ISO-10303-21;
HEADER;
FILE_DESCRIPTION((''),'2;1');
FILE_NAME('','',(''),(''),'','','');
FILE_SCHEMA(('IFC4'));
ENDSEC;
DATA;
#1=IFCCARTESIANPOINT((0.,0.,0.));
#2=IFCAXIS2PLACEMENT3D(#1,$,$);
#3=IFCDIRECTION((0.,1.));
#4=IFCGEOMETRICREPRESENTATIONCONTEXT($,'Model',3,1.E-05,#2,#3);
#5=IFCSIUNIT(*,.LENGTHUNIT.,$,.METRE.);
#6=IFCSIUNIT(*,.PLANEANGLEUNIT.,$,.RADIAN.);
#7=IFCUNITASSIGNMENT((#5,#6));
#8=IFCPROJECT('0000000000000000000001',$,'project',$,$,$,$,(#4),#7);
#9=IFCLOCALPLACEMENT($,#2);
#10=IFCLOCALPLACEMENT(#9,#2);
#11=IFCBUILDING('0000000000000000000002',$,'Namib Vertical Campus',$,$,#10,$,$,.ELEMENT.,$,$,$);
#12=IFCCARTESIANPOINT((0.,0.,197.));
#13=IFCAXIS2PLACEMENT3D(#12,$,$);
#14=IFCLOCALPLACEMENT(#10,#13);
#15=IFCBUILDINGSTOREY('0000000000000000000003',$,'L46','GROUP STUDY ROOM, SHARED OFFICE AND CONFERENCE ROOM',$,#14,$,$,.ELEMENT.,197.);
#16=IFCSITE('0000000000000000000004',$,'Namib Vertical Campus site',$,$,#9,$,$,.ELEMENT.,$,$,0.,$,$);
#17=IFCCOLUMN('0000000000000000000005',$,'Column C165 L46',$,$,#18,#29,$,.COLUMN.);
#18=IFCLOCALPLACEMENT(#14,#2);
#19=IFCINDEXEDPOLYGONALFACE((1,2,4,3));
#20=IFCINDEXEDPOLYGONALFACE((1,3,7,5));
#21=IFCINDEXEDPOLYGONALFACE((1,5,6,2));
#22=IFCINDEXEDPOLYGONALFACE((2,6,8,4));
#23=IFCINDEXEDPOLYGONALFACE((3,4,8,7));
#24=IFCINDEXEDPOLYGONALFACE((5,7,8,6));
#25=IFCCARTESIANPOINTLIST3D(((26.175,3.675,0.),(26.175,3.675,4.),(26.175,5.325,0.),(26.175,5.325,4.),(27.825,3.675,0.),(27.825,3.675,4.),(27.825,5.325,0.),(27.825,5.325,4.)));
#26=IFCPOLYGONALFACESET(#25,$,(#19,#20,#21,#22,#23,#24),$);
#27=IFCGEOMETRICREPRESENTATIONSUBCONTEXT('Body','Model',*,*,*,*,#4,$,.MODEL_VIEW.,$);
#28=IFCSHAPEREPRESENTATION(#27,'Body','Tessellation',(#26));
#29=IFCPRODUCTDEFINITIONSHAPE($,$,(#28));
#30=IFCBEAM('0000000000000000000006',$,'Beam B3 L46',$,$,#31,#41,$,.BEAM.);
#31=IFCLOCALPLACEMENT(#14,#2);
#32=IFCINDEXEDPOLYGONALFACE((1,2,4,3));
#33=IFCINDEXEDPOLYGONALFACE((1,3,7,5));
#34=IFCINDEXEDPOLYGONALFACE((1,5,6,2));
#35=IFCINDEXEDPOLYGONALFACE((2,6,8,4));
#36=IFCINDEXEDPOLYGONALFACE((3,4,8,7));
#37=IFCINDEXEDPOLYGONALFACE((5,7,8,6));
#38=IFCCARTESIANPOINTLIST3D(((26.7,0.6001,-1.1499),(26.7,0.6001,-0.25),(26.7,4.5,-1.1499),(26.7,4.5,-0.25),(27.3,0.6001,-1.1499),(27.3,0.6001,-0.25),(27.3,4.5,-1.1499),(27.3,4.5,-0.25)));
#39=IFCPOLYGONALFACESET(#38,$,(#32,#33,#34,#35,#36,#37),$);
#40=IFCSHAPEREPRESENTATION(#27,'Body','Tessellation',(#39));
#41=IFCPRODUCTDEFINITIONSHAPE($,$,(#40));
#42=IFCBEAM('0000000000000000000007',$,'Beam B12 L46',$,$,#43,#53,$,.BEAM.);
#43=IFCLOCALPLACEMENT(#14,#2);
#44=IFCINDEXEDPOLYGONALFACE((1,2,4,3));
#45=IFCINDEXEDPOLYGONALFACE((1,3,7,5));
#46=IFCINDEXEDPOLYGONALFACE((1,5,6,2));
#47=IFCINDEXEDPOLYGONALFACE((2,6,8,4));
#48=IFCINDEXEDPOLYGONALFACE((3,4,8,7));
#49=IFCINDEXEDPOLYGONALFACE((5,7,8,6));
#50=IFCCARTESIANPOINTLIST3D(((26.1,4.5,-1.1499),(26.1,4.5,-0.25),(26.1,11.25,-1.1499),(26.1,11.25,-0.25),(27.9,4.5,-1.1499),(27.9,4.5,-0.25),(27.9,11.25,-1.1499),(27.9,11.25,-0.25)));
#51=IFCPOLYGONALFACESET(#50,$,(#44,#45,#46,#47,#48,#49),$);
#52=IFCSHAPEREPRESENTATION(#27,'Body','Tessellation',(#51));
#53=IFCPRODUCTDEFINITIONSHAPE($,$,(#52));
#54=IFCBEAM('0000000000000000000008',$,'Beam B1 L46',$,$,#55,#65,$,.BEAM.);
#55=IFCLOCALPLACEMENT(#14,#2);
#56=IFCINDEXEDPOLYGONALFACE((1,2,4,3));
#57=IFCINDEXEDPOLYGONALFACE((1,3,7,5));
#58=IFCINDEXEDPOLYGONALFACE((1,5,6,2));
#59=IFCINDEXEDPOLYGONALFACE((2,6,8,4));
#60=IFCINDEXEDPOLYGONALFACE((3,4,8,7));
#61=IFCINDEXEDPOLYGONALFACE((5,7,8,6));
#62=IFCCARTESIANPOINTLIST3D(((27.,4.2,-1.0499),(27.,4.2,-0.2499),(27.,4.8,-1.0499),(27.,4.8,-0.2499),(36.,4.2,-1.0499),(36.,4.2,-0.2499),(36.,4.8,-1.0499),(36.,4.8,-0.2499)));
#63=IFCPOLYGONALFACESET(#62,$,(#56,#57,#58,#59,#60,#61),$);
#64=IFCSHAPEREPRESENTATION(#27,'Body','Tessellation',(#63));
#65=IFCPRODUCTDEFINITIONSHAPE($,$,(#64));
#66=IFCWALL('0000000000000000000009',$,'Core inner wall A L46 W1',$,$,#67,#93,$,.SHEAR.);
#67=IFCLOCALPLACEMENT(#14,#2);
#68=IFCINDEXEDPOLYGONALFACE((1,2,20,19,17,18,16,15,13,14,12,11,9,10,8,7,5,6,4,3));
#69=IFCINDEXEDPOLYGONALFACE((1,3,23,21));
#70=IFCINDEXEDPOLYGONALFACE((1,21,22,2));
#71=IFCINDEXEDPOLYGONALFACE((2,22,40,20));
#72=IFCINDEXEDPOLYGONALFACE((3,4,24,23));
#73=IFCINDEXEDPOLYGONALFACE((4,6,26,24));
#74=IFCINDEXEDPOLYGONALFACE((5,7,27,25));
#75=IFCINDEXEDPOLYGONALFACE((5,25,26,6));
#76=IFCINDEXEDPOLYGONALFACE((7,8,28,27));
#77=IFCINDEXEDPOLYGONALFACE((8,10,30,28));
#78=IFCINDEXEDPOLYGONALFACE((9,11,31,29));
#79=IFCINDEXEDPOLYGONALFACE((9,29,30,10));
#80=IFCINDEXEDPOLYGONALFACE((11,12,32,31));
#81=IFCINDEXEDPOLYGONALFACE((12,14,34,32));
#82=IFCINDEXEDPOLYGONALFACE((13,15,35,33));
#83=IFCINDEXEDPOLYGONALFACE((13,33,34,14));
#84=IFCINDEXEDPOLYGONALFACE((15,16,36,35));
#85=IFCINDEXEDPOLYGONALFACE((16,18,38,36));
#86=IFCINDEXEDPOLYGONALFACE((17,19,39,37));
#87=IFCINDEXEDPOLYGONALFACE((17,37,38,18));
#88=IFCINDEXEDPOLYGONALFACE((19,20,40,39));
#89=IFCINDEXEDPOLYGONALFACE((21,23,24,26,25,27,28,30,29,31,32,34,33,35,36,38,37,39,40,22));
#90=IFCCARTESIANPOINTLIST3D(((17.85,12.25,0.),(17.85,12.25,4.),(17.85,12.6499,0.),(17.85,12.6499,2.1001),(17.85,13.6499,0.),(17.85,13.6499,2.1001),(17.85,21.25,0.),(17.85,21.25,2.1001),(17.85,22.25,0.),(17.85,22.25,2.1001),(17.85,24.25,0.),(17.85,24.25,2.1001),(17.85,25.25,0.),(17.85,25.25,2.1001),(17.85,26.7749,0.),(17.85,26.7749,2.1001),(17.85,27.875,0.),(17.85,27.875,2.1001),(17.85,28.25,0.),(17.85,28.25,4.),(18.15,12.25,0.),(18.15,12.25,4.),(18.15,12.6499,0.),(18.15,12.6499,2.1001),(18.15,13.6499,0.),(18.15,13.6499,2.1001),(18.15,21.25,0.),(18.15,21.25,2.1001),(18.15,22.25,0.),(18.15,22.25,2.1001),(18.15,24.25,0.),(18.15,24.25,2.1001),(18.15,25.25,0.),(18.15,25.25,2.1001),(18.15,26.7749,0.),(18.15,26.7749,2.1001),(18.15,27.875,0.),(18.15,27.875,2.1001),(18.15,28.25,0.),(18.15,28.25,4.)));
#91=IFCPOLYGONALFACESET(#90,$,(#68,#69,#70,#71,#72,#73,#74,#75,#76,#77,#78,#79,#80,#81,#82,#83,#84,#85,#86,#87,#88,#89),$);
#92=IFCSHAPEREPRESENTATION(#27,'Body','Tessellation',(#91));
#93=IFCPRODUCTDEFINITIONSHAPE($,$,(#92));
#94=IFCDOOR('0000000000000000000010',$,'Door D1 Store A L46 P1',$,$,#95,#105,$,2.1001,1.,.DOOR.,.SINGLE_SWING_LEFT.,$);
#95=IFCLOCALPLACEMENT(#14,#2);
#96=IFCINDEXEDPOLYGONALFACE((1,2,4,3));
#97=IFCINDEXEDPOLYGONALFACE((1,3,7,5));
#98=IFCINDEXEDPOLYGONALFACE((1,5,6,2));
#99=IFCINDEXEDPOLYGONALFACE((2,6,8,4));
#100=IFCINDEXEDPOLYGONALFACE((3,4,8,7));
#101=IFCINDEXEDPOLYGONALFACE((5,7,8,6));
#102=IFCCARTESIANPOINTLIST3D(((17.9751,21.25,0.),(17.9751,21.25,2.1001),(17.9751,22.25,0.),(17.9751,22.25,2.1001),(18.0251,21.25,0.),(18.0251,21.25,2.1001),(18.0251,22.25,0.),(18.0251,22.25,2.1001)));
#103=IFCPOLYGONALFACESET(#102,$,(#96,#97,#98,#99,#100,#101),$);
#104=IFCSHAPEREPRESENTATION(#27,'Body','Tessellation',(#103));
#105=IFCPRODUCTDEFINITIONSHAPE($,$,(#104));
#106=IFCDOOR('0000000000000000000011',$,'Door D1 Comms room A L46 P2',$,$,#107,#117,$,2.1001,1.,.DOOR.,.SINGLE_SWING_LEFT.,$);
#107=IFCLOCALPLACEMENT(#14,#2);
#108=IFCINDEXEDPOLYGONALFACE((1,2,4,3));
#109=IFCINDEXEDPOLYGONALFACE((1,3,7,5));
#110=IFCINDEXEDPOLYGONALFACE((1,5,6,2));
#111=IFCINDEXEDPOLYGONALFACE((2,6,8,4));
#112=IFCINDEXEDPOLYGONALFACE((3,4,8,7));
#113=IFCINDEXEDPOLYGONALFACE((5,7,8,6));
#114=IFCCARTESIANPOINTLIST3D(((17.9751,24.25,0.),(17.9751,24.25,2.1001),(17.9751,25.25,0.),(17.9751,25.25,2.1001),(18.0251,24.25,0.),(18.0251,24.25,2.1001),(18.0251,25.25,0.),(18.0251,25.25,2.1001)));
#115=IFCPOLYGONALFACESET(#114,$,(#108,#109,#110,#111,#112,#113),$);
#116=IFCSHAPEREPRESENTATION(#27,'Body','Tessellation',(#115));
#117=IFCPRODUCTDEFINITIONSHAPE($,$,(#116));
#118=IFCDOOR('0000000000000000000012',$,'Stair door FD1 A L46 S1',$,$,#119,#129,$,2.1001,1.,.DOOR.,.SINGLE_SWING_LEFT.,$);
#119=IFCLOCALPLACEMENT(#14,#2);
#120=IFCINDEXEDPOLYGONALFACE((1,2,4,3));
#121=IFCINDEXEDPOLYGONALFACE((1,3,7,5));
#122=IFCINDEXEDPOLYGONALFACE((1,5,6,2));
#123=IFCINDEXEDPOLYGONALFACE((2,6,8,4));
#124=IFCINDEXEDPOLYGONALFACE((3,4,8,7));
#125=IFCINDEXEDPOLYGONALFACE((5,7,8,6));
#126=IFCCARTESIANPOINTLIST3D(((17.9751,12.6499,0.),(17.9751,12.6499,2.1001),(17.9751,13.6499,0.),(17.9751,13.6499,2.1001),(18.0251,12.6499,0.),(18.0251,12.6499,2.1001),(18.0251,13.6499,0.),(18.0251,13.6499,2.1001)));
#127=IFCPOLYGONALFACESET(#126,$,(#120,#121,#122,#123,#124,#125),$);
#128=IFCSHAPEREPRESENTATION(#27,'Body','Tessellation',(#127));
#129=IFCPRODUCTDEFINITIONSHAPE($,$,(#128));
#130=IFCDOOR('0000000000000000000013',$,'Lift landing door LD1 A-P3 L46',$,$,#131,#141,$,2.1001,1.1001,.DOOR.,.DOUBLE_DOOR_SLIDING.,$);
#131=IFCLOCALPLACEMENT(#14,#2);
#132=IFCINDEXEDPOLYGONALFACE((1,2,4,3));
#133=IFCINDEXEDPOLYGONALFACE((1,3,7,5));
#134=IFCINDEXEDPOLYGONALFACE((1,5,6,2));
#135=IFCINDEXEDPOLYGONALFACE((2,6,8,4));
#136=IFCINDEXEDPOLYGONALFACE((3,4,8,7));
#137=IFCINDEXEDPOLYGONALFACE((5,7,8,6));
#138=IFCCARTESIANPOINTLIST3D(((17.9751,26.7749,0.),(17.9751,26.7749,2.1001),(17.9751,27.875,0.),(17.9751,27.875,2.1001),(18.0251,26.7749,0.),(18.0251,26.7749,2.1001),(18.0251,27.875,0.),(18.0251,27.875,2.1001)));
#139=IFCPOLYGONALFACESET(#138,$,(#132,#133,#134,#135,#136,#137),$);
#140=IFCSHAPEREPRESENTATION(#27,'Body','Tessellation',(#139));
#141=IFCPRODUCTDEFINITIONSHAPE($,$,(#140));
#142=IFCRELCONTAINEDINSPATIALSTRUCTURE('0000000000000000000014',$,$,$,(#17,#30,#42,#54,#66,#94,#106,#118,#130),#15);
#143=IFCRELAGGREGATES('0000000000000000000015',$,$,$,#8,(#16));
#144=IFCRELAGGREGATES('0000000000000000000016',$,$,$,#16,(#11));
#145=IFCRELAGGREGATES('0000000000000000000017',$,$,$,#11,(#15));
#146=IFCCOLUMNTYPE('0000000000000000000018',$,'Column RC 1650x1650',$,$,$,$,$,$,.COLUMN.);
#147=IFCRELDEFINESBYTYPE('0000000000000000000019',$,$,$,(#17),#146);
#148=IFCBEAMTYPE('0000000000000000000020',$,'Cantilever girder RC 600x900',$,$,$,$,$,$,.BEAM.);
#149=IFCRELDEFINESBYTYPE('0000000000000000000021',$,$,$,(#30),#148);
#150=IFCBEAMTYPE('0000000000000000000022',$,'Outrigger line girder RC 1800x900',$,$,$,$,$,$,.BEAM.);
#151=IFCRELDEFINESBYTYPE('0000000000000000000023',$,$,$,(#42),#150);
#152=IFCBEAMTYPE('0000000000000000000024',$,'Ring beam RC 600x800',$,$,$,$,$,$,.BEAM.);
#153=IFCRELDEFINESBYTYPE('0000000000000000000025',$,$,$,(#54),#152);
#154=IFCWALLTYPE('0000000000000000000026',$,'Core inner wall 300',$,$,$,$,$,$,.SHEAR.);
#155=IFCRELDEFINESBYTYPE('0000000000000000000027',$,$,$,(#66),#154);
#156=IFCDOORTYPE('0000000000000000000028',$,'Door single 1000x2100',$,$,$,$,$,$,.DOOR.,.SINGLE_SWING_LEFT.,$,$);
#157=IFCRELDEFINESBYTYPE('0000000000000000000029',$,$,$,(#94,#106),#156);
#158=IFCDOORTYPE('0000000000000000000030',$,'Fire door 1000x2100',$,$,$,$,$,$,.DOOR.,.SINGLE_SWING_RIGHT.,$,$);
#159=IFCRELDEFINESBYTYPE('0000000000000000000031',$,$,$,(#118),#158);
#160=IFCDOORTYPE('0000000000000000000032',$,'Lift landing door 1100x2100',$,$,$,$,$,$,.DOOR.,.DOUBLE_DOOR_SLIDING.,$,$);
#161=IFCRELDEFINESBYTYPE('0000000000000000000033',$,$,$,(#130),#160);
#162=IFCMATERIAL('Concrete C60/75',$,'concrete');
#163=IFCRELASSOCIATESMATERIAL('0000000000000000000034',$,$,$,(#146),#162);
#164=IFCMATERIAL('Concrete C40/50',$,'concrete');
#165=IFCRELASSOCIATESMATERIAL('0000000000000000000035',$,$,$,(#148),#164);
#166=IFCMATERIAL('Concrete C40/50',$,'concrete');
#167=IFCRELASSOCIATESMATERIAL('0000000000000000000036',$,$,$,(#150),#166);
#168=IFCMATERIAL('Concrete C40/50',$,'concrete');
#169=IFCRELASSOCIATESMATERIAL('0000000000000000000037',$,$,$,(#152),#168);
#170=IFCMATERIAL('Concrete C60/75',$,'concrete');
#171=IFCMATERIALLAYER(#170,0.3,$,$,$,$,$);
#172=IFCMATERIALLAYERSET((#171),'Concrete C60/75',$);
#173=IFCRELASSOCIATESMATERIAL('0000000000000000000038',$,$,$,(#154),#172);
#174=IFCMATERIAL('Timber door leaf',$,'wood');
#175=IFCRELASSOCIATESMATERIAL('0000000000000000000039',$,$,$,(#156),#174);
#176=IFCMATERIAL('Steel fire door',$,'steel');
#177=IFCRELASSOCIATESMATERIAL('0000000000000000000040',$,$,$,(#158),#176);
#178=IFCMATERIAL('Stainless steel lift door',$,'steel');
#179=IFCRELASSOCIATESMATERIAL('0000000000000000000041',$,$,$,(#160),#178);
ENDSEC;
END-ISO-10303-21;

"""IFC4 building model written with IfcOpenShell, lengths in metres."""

from ifc_helpers import new_model, si_unit, direction, frame, frame_2d, origin, origin_2d, place, context, subcontext, project, spatial, rectangle, extrude, material, layer, layer_set, material_profile, profile_set, type_object, element, fill, save


model = new_model("IFC4")

# Units and contexts
model_context = context("Model", 3, precision=1e-05, world=origin(), true_north=direction((0.0, 1.0)))
body_context = subcontext(model_context, "Body", "Model", "MODEL_VIEW")
ifc_project = project(units=[si_unit("LENGTHUNIT", "METRE"), si_unit("PLANEANGLEUNIT", "RADIAN")], contexts=[model_context])

# Site, building, storey
site_placement = place(None, origin())
site = spatial("IfcSite", under=ifc_project, at=site_placement, Name="Namib Vertical Campus site", CompositionType="ELEMENT", RefElevation=0.0)
building_placement = place(site_placement, origin())
building = spatial("IfcBuilding", under=site, at=building_placement, Name="Namib Vertical Campus", CompositionType="ELEMENT")
storey_placement = place(building_placement, frame((0.0, 0.0, 197.0)))
storey = spatial("IfcBuildingStorey", under=building, at=storey_placement, Name="L46", Description="GROUP STUDY ROOM, SHARED OFFICE AND CONFERENCE ROOM", CompositionType="ELEMENT", Elevation=197.0)

# Column
ifc_material_1 = material(Name="Concrete C60/75", Category="concrete")
ifc_material_profile_1 = material_profile(ifc_material_1, rectangle(XDim=1.6499, YDim=1.6499, at=origin_2d()))
ifc_profile_set_1 = profile_set([ifc_material_profile_1], Name="Concrete C60/75")
column_type = type_object("IfcColumnType", Name="Column RC 1650x1650", PredefinedType="COLUMN", material=ifc_profile_set_1)
column_placement = place(storey_placement, frame((27.0, 4.5, 0.0), z_axis=(0.0, 0.0, 1.0), x_axis=(1.0, 0.0, 0.0)))
element("IfcColumn", 1, at=column_placement, inside=storey, type_object=column_type, Name="Column C165 L46", PredefinedType="COLUMN", context=body_context, shape_type="SweptSolid", body=[
    extrude(rectangle(XDim=1.6499, YDim=1.6499, at=origin_2d()), origin(), (0.0, 0.0, 1.0), 4.0),
])

# Beams
ifc_material_2 = material(Name="Concrete C40/50", Category="concrete")
ifc_material_profile_2 = material_profile(ifc_material_2, rectangle(XDim=0.6001, YDim=0.8999, at=origin_2d()))
ifc_profile_set_2 = profile_set([ifc_material_profile_2], Name="Concrete C40/50")
beam_type_1 = type_object("IfcBeamType", Name="Cantilever girder RC 600x900", PredefinedType="BEAM", material=ifc_profile_set_2)
beam_1_placement = place(storey_placement, frame((27.0, 4.5, -0.7), z_axis=(0.0, -1.0, 0.0), x_axis=(1.0, 0.0, 0.0)))
element("IfcBeam", 2, at=beam_1_placement, inside=storey, type_object=beam_type_1, Name="Beam B3 L46", PredefinedType="BEAM", context=body_context, shape_type="SweptSolid", body=[
    extrude(rectangle(XDim=0.6001, YDim=0.8999, at=origin_2d()), origin(), (0.0, 0.0, 1.0), 3.8999),
])
ifc_material_3 = material(Name="Concrete C40/50", Category="concrete")
ifc_material_profile_3 = material_profile(ifc_material_3, rectangle(XDim=1.8, YDim=0.8999, at=origin_2d()))
ifc_profile_set_3 = profile_set([ifc_material_profile_3], Name="Concrete C40/50")
beam_type_2 = type_object("IfcBeamType", Name="Outrigger line girder RC 1800x900", PredefinedType="BEAM", material=ifc_profile_set_3)
beam_2_placement = place(storey_placement, frame((27.0, 4.5, -0.7), z_axis=(0.0, 1.0, 0.0), x_axis=(-1.0, 0.0, 0.0)))
element("IfcBeam", 3, at=beam_2_placement, inside=storey, type_object=beam_type_2, Name="Beam B12 L46", PredefinedType="BEAM", context=body_context, shape_type="SweptSolid", body=[
    extrude(rectangle(XDim=1.8, YDim=0.8999, at=origin_2d()), origin(), (0.0, 0.0, 1.0), 6.75),
])
ifc_material_4 = material(Name="Concrete C40/50", Category="concrete")
ifc_material_profile_4 = material_profile(ifc_material_4, rectangle(XDim=0.6001, YDim=0.8, at=origin_2d()))
ifc_profile_set_4 = profile_set([ifc_material_profile_4], Name="Concrete C40/50")
beam_type_3 = type_object("IfcBeamType", Name="Ring beam RC 600x800", PredefinedType="BEAM", material=ifc_profile_set_4)
beam_3_placement = place(storey_placement, frame((27.0, 4.5, -0.6499), z_axis=(1.0, 0.0, 0.0), x_axis=(0.0, 1.0, 0.0)))
element("IfcBeam", 4, at=beam_3_placement, inside=storey, type_object=beam_type_3, Name="Beam B1 L46", PredefinedType="BEAM", context=body_context, shape_type="SweptSolid", body=[
    extrude(rectangle(XDim=0.6001, YDim=0.8, at=origin_2d()), origin(), (0.0, 0.0, 1.0), 9.0),
])

# Wall, openings, doors
ifc_material_5 = material(Name="Concrete C60/75", Category="concrete")
ifc_layer_1 = layer(ifc_material_5, 0.3)
ifc_layer_set_1 = layer_set([ifc_layer_1], Name="Concrete C60/75")
wall_type_1 = type_object("IfcWallType", Name="Core inner wall 300", PredefinedType="SHEAR", material=ifc_layer_set_1)
wall_1_placement = place(storey_placement, frame((18.0, 12.25, 0.0), z_axis=(0.0, 0.0, 1.0), x_axis=(0.0, 1.0, 0.0)))
wall_1 = element("IfcWall", 5, at=wall_1_placement, inside=storey, type_object=wall_type_1, Name="Core inner wall A L46 W1", PredefinedType="SHEAR", context=body_context, shape_type="SweptSolid", body=[
    extrude(rectangle(XDim=16.0, YDim=0.3, at=frame_2d((8.0, 0.0))), origin(), (0.0, 0.0, 1.0), 4.0),
])
opening_1_placement = place(wall_1_placement, frame((0.3999, 0.0, 0.0)))
opening_1 = element("IfcOpeningElement", 6, at=opening_1_placement, cuts=wall_1, PredefinedType="OPENING", context=body_context, shape_type="SweptSolid", body=[
    extrude(rectangle(XDim=1.0, YDim=2.1001, at=frame_2d((0.5, 1.05))), frame((0.0, 0.1599, 0.0), z_axis=(0.0, -1.0, 0.0), x_axis=(1.0, 0.0, 0.0)), (0.0, 0.0, 1.0), 0.3201),
])
opening_2_placement = place(wall_1_placement, frame((14.5249, 0.0, 0.0)))
opening_2 = element("IfcOpeningElement", 7, at=opening_2_placement, cuts=wall_1, PredefinedType="OPENING", context=body_context, shape_type="SweptSolid", body=[
    extrude(rectangle(XDim=1.1001, YDim=2.1001, at=frame_2d((0.55, 1.05))), frame((0.0, 0.1599, 0.0), z_axis=(0.0, -1.0, 0.0), x_axis=(1.0, 0.0, 0.0)), (0.0, 0.0, 1.0), 0.3201),
])
opening_3_placement = place(wall_1_placement, frame((9.0, 0.0, 0.0)))
opening_3 = element("IfcOpeningElement", 8, at=opening_3_placement, cuts=wall_1, PredefinedType="OPENING", context=body_context, shape_type="SweptSolid", body=[
    extrude(rectangle(XDim=1.0, YDim=2.1001, at=frame_2d((0.5, 1.05))), frame((0.0, 0.1599, 0.0), z_axis=(0.0, -1.0, 0.0), x_axis=(1.0, 0.0, 0.0)), (0.0, 0.0, 1.0), 0.3201),
])
opening_4_placement = place(wall_1_placement, frame((12.0, 0.0, 0.0)))
opening_4 = element("IfcOpeningElement", 9, at=opening_4_placement, cuts=wall_1, PredefinedType="OPENING", context=body_context, shape_type="SweptSolid", body=[
    extrude(rectangle(XDim=1.0, YDim=2.1001, at=frame_2d((0.5, 1.05))), frame((0.0, 0.1599, 0.0), z_axis=(0.0, -1.0, 0.0), x_axis=(1.0, 0.0, 0.0)), (0.0, 0.0, 1.0), 0.3201),
])
ifc_material_6 = material(Name="Timber door leaf", Category="wood")
door_type_1 = type_object("IfcDoorType", Name="Door single 1000x2100", OperationType="SINGLE_SWING_LEFT", PredefinedType="DOOR", material=ifc_material_6)
door_1_placement = place(opening_3_placement, origin())
door_1 = element("IfcDoor", 10, at=door_1_placement, inside=storey, type_object=door_type_1, Name="Door D1 Store A L46 P1", OperationType="SINGLE_SWING_LEFT", OverallHeight=2.1001, OverallWidth=1.0, PredefinedType="DOOR", context=body_context, shape_type="SweptSolid", body=[
    extrude(rectangle(XDim=1.0, YDim=2.1001, at=frame_2d((0.5, 1.05))), frame((0.0, 0.0249, 0.0), z_axis=(0.0, -1.0, 0.0), x_axis=(1.0, 0.0, 0.0)), (0.0, 0.0, 1.0), 0.05),
])
fill(opening_3, door_1)
door_2_placement = place(opening_4_placement, origin())
door_2 = element("IfcDoor", 11, at=door_2_placement, inside=storey, type_object=door_type_1, Name="Door D1 Comms room A L46 P2", OperationType="SINGLE_SWING_LEFT", OverallHeight=2.1001, OverallWidth=1.0, PredefinedType="DOOR", context=body_context, shape_type="SweptSolid", body=[
    extrude(rectangle(XDim=1.0, YDim=2.1001, at=frame_2d((0.5, 1.05))), frame((0.0, 0.0249, 0.0), z_axis=(0.0, -1.0, 0.0), x_axis=(1.0, 0.0, 0.0)), (0.0, 0.0, 1.0), 0.05),
])
fill(opening_4, door_2)
ifc_material_7 = material(Name="Steel fire door", Category="steel")
door_type_2 = type_object("IfcDoorType", Name="Fire door 1000x2100", OperationType="SINGLE_SWING_RIGHT", PredefinedType="DOOR", material=ifc_material_7)
door_3_placement = place(opening_1_placement, origin())
door_3 = element("IfcDoor", 12, at=door_3_placement, inside=storey, type_object=door_type_2, Name="Stair door FD1 A L46 S1", OperationType="SINGLE_SWING_LEFT", OverallHeight=2.1001, OverallWidth=1.0, PredefinedType="DOOR", context=body_context, shape_type="SweptSolid", body=[
    extrude(rectangle(XDim=1.0, YDim=2.1001, at=frame_2d((0.5, 1.05))), frame((0.0, 0.0249, 0.0), z_axis=(0.0, -1.0, 0.0), x_axis=(1.0, 0.0, 0.0)), (0.0, 0.0, 1.0), 0.05),
])
fill(opening_1, door_3)
ifc_material_8 = material(Name="Stainless steel lift door", Category="steel")
door_type_3 = type_object("IfcDoorType", Name="Lift landing door 1100x2100", OperationType="DOUBLE_DOOR_SLIDING", PredefinedType="DOOR", material=ifc_material_8)
door_4_placement = place(opening_2_placement, origin())
door_4 = element("IfcDoor", 13, at=door_4_placement, inside=storey, type_object=door_type_3, Name="Lift landing door LD1 A-P3 L46", OperationType="DOUBLE_DOOR_SLIDING", OverallHeight=2.1001, OverallWidth=1.1001, PredefinedType="DOOR", context=body_context, shape_type="SweptSolid", body=[
    extrude(rectangle(XDim=1.1001, YDim=2.1001, at=frame_2d((0.55, 1.05))), frame((0.0, 0.0249, 0.0), z_axis=(0.0, -1.0, 0.0), x_axis=(1.0, 0.0, 0.0)), (0.0, 0.0, 1.0), 0.05),
])
fill(opening_2, door_4)

save(model, "model.ifc")
